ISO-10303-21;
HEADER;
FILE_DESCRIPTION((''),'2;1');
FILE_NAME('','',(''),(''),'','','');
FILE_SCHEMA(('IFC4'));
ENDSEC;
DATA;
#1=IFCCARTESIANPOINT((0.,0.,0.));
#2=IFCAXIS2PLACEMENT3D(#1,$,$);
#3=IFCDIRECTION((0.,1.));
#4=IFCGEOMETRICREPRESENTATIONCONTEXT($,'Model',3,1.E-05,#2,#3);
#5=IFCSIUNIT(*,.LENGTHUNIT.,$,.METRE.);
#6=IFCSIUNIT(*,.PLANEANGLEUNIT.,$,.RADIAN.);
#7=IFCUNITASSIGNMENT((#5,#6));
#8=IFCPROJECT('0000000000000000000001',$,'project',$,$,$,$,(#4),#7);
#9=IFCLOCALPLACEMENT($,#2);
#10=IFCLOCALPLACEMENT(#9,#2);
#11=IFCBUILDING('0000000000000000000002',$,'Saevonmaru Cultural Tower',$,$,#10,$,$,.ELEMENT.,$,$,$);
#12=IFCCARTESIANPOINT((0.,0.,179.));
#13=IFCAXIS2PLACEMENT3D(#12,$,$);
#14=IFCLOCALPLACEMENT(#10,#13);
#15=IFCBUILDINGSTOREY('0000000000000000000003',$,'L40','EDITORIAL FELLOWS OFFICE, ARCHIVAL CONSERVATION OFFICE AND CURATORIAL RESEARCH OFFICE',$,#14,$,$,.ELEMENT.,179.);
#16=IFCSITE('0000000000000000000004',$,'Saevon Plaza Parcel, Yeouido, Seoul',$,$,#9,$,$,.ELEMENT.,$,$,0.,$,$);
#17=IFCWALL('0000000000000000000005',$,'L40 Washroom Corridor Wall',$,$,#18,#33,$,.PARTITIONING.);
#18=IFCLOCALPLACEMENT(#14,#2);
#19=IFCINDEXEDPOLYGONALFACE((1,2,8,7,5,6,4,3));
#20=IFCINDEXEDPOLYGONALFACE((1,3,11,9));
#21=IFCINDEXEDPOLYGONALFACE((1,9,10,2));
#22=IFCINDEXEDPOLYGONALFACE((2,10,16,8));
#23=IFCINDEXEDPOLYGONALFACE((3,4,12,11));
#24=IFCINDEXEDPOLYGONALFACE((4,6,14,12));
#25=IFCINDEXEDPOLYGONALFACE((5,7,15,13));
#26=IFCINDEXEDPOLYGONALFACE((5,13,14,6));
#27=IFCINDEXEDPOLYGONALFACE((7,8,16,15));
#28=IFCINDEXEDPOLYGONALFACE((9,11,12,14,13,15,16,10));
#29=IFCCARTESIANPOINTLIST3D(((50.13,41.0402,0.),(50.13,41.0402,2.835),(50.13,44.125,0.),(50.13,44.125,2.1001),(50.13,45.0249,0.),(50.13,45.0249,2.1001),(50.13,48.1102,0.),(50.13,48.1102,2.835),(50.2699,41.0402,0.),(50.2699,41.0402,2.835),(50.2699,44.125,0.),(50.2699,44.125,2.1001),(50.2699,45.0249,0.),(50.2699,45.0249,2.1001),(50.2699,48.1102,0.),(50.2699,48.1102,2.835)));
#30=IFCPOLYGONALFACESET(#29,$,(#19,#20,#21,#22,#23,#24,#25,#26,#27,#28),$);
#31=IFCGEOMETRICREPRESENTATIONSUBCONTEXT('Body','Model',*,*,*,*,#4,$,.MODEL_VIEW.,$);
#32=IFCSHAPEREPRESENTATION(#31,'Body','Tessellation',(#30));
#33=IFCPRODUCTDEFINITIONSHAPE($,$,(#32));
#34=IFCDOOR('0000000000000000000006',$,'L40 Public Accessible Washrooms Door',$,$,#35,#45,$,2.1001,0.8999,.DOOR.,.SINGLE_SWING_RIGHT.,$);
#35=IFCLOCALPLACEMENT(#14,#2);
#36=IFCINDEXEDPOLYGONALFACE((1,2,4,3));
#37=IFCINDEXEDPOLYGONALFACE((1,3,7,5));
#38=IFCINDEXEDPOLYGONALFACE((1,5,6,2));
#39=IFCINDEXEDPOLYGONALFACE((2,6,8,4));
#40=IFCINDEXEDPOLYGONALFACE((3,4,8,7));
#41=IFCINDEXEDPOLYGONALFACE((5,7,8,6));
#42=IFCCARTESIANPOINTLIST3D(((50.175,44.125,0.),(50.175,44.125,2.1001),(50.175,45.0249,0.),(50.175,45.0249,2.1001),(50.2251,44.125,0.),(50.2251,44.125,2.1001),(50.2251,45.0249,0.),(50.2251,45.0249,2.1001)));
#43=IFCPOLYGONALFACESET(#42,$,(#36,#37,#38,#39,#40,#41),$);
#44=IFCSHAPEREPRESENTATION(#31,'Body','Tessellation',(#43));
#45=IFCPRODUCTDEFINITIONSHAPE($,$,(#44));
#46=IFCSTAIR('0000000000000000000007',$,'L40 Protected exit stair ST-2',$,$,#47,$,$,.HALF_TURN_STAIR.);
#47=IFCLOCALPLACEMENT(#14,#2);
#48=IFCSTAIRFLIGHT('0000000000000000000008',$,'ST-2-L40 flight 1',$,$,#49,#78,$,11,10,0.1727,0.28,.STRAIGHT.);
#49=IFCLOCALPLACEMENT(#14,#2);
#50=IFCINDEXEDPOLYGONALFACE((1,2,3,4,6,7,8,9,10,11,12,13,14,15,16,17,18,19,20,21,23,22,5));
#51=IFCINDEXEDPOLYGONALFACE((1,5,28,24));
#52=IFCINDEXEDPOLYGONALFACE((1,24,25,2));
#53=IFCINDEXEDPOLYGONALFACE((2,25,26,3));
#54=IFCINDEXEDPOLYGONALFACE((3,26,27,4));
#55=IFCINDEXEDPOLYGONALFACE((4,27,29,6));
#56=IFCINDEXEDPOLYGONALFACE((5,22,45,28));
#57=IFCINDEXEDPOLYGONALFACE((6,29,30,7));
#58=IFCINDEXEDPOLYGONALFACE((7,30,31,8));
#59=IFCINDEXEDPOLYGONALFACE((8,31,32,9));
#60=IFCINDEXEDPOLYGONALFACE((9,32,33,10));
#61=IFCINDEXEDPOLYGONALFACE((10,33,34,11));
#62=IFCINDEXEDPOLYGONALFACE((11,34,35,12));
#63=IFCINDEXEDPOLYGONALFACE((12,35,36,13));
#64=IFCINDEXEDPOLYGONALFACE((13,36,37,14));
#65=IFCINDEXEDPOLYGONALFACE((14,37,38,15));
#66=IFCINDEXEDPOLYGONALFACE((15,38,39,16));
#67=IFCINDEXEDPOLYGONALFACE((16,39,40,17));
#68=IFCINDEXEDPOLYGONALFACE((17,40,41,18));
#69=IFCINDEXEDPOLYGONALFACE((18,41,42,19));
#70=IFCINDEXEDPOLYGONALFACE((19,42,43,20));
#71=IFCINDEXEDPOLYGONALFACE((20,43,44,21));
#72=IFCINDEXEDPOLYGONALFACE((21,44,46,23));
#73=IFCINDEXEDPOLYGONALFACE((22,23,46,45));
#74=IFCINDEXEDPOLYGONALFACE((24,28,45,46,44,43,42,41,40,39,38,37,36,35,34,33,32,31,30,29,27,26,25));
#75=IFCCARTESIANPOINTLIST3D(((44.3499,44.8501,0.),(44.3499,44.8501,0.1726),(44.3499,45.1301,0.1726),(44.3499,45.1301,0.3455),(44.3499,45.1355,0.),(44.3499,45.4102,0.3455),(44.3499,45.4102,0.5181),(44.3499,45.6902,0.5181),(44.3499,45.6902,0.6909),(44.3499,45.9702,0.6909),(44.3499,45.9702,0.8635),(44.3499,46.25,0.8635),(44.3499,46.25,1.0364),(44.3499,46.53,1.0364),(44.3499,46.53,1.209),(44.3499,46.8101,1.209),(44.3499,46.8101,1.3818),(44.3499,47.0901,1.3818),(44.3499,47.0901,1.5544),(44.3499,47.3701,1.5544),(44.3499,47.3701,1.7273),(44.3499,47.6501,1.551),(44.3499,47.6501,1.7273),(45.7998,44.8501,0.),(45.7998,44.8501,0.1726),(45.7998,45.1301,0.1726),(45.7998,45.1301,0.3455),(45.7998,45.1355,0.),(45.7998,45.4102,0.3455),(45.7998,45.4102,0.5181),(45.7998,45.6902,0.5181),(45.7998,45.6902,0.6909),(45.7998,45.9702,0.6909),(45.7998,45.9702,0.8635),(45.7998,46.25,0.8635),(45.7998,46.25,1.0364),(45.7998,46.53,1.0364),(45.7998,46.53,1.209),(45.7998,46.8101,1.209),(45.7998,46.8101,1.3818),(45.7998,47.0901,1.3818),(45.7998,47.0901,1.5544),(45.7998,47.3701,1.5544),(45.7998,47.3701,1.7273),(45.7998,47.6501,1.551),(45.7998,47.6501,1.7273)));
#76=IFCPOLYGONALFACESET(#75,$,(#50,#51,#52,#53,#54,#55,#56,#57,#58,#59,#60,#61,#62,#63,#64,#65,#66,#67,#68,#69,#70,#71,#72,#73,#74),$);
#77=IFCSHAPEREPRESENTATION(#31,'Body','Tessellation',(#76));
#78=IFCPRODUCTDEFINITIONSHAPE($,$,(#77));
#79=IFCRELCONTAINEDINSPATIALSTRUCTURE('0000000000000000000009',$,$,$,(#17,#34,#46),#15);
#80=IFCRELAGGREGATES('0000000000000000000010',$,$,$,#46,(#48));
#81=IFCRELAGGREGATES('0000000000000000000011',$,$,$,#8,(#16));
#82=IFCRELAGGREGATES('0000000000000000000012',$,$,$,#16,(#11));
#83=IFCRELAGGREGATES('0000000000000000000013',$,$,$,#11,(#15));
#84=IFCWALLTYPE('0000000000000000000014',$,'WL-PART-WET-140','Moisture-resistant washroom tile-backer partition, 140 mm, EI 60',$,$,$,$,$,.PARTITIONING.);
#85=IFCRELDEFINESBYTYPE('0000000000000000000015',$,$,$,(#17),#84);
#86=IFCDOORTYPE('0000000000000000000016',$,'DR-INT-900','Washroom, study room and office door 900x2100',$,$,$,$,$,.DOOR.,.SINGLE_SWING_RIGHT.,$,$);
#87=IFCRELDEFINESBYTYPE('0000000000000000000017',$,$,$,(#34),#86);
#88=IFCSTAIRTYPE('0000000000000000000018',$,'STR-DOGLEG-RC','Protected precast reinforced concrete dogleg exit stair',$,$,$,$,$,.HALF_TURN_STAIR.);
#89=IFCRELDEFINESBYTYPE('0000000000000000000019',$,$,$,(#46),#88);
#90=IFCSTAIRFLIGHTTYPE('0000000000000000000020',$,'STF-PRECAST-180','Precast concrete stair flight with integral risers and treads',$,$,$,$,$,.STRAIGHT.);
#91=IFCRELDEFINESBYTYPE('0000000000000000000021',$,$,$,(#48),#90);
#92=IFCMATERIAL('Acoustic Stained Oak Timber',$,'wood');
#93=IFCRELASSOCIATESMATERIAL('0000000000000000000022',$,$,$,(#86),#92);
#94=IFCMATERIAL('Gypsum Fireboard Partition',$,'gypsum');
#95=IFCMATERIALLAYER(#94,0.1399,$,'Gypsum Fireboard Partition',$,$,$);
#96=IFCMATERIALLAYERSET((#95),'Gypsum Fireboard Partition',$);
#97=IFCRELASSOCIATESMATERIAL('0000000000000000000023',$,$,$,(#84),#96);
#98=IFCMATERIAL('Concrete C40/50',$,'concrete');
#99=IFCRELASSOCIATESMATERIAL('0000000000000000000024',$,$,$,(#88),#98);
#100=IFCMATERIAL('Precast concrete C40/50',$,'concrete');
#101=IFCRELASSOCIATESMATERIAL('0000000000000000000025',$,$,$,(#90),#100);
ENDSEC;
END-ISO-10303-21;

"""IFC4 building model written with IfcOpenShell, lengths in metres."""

from ifc_helpers import new_model, si_unit, direction, frame, frame_2d, origin, place, context, subcontext, project, spatial, polyline, rectangle, outline, extrude, material, layer, layer_set, type_object, element, fill, aggregate, save


model = new_model("IFC4")

# Units and contexts
model_context = context("Model", 3, precision=1e-05, world=origin(), true_north=direction((0.0, 1.0)))
body_context = subcontext(model_context, "Body", "Model", "MODEL_VIEW")
ifc_project = project(units=[si_unit("LENGTHUNIT", "METRE"), si_unit("PLANEANGLEUNIT", "RADIAN")], contexts=[model_context])

# Site, building, storey
site_placement = place(None, origin())
site = spatial("IfcSite", under=ifc_project, at=site_placement, Name="Saevon Plaza Parcel, Yeouido, Seoul", CompositionType="ELEMENT", RefElevation=0.0)
building_placement = place(site_placement, origin())
building = spatial("IfcBuilding", under=site, at=building_placement, Name="Saevonmaru Cultural Tower", CompositionType="ELEMENT")
storey_placement = place(building_placement, frame((0.0, 0.0, 179.0)))
storey = spatial("IfcBuildingStorey", under=building, at=storey_placement, Name="L40", Description="EDITORIAL FELLOWS OFFICE, ARCHIVAL CONSERVATION OFFICE AND CURATORIAL RESEARCH OFFICE", CompositionType="ELEMENT", Elevation=179.0)

# Shared definitions
ifc_material_1 = material(Name="Gypsum Fireboard Partition", Category="gypsum")
ifc_material_2 = material(Name="Acoustic Stained Oak Timber", Category="wood")
door_type_1 = type_object("IfcDoorType", Name="DR-INT-900", Description="Washroom, study room and office door 900x2100", OperationType="SINGLE_SWING_RIGHT", PredefinedType="DOOR", material=ifc_material_2)

# Shared definitions
ifc_layer_1 = layer(ifc_material_1, 0.1399, Name="Gypsum Fireboard Partition")
ifc_layer_set_1 = layer_set([ifc_layer_1], Name="Gypsum Fireboard Partition")
wall_type_1 = type_object("IfcWallType", Name="WL-PART-WET-140", Description="Moisture-resistant washroom tile-backer partition, 140 mm, EI 60", PredefinedType="PARTITIONING", material=ifc_layer_set_1)

# Wall, opening, door
wall_1_placement = place(storey_placement, frame((50.2, 41.04, 0.0), z_axis=(0.0, 0.0, 1.0), x_axis=(0.0, 1.0, 0.0)))
wall_1 = element("IfcWall", 1, at=wall_1_placement, inside=storey, type_object=wall_type_1, Name="L40 Washroom Corridor Wall", PredefinedType="PARTITIONING", context=body_context, shape_type="SweptSolid", body=[
    extrude(rectangle(XDim=7.0701, YDim=0.1399, at=frame_2d((3.5352, 0.0))), origin(), (0.0, 0.0, 1.0), 2.835),
])
opening_1_placement = place(wall_1_placement, frame((3.085, 0.0, 0.0)))
opening_1 = element("IfcOpeningElement", 2, at=opening_1_placement, cuts=wall_1, PredefinedType="OPENING", context=body_context, shape_type="SweptSolid", body=[
    extrude(rectangle(XDim=0.8999, YDim=2.1001, at=frame_2d((0.45, 1.05))), frame((0.0, 0.0801, 0.0), z_axis=(0.0, -1.0, 0.0), x_axis=(1.0, 0.0, 0.0)), (0.0, 0.0, 1.0), 0.1599),
])
door_1_placement = place(opening_1_placement, origin())
door_1 = element("IfcDoor", 3, at=door_1_placement, inside=storey, type_object=door_type_1, Name="L40 Public Accessible Washrooms Door", OperationType="SINGLE_SWING_RIGHT", OverallHeight=2.1001, OverallWidth=0.8999, PredefinedType="DOOR", context=body_context, shape_type="SweptSolid", body=[
    extrude(rectangle(XDim=0.8999, YDim=2.1001, at=frame_2d((0.45, 1.05))), frame((0.0, 0.0249, 0.0), z_axis=(0.0, -1.0, 0.0), x_axis=(1.0, 0.0, 0.0)), (0.0, 0.0, 1.0), 0.05),
])
fill(opening_1, door_1)

# Stair, stair flight
ifc_material_3 = material(Name="Concrete C40/50", Category="concrete")
stair_type = type_object("IfcStairType", Name="STR-DOGLEG-RC", Description="Protected precast reinforced concrete dogleg exit stair", PredefinedType="HALF_TURN_STAIR", material=ifc_material_3)
stair_placement = place(storey_placement, origin())
stair = element("IfcStair", 4, at=stair_placement, inside=storey, type_object=stair_type, Name="L40 Protected exit stair ST-2", PredefinedType="HALF_TURN_STAIR")
ifc_material_4 = material(Name="Precast concrete C40/50", Category="concrete")
stair_flight_type = type_object("IfcStairFlightType", Name="STF-PRECAST-180", Description="Precast concrete stair flight with integral risers and treads", PredefinedType="STRAIGHT", material=ifc_material_4)
stair_flight_placement = place(storey_placement, frame((45.075, 44.8501, 0.0), z_axis=(0.0, 0.0, 1.0), x_axis=(0.0, 1.0, 0.0)))
stair_flight = element("IfcStairFlight", 5, at=stair_flight_placement, type_object=stair_flight_type, Name="ST-2-L40 flight 1", NumberOfRisers=11, NumberOfTreads=10, PredefinedType="STRAIGHT", RiserHeight=0.1727, TreadLength=0.28, context=body_context, shape_type="SweptSolid", body=[
    extrude(outline(polyline([(0.0, 0.0), (0.0, 0.1726), (0.28, 0.1726), (0.28, 0.3455), (0.5601, 0.3455), (0.5601, 0.5181), (0.8401, 0.5181), (0.8401, 0.6909), (1.1201, 0.6909), (1.1201, 0.8635), (1.3999, 0.8635), (1.3999, 1.0364), (1.6799, 1.0364), (1.6799, 1.209), (1.96, 1.209), (1.96, 1.3818), (2.24, 1.3818), (2.24, 1.5544), (2.52, 1.5544), (2.52, 1.7273), (2.8, 1.7273), (2.8, 1.8999), (2.8, 1.551), (0.2854, 0.0), (0.0, 0.0)])), frame((0.0, 0.7251, 0.0), z_axis=(0.0, -1.0, 0.0), x_axis=(1.0, 0.0, 0.0)), (0.0, 0.0, 1.0), 1.45),
])
aggregate(stair, [stair_flight])

save(model, "model.ifc")
